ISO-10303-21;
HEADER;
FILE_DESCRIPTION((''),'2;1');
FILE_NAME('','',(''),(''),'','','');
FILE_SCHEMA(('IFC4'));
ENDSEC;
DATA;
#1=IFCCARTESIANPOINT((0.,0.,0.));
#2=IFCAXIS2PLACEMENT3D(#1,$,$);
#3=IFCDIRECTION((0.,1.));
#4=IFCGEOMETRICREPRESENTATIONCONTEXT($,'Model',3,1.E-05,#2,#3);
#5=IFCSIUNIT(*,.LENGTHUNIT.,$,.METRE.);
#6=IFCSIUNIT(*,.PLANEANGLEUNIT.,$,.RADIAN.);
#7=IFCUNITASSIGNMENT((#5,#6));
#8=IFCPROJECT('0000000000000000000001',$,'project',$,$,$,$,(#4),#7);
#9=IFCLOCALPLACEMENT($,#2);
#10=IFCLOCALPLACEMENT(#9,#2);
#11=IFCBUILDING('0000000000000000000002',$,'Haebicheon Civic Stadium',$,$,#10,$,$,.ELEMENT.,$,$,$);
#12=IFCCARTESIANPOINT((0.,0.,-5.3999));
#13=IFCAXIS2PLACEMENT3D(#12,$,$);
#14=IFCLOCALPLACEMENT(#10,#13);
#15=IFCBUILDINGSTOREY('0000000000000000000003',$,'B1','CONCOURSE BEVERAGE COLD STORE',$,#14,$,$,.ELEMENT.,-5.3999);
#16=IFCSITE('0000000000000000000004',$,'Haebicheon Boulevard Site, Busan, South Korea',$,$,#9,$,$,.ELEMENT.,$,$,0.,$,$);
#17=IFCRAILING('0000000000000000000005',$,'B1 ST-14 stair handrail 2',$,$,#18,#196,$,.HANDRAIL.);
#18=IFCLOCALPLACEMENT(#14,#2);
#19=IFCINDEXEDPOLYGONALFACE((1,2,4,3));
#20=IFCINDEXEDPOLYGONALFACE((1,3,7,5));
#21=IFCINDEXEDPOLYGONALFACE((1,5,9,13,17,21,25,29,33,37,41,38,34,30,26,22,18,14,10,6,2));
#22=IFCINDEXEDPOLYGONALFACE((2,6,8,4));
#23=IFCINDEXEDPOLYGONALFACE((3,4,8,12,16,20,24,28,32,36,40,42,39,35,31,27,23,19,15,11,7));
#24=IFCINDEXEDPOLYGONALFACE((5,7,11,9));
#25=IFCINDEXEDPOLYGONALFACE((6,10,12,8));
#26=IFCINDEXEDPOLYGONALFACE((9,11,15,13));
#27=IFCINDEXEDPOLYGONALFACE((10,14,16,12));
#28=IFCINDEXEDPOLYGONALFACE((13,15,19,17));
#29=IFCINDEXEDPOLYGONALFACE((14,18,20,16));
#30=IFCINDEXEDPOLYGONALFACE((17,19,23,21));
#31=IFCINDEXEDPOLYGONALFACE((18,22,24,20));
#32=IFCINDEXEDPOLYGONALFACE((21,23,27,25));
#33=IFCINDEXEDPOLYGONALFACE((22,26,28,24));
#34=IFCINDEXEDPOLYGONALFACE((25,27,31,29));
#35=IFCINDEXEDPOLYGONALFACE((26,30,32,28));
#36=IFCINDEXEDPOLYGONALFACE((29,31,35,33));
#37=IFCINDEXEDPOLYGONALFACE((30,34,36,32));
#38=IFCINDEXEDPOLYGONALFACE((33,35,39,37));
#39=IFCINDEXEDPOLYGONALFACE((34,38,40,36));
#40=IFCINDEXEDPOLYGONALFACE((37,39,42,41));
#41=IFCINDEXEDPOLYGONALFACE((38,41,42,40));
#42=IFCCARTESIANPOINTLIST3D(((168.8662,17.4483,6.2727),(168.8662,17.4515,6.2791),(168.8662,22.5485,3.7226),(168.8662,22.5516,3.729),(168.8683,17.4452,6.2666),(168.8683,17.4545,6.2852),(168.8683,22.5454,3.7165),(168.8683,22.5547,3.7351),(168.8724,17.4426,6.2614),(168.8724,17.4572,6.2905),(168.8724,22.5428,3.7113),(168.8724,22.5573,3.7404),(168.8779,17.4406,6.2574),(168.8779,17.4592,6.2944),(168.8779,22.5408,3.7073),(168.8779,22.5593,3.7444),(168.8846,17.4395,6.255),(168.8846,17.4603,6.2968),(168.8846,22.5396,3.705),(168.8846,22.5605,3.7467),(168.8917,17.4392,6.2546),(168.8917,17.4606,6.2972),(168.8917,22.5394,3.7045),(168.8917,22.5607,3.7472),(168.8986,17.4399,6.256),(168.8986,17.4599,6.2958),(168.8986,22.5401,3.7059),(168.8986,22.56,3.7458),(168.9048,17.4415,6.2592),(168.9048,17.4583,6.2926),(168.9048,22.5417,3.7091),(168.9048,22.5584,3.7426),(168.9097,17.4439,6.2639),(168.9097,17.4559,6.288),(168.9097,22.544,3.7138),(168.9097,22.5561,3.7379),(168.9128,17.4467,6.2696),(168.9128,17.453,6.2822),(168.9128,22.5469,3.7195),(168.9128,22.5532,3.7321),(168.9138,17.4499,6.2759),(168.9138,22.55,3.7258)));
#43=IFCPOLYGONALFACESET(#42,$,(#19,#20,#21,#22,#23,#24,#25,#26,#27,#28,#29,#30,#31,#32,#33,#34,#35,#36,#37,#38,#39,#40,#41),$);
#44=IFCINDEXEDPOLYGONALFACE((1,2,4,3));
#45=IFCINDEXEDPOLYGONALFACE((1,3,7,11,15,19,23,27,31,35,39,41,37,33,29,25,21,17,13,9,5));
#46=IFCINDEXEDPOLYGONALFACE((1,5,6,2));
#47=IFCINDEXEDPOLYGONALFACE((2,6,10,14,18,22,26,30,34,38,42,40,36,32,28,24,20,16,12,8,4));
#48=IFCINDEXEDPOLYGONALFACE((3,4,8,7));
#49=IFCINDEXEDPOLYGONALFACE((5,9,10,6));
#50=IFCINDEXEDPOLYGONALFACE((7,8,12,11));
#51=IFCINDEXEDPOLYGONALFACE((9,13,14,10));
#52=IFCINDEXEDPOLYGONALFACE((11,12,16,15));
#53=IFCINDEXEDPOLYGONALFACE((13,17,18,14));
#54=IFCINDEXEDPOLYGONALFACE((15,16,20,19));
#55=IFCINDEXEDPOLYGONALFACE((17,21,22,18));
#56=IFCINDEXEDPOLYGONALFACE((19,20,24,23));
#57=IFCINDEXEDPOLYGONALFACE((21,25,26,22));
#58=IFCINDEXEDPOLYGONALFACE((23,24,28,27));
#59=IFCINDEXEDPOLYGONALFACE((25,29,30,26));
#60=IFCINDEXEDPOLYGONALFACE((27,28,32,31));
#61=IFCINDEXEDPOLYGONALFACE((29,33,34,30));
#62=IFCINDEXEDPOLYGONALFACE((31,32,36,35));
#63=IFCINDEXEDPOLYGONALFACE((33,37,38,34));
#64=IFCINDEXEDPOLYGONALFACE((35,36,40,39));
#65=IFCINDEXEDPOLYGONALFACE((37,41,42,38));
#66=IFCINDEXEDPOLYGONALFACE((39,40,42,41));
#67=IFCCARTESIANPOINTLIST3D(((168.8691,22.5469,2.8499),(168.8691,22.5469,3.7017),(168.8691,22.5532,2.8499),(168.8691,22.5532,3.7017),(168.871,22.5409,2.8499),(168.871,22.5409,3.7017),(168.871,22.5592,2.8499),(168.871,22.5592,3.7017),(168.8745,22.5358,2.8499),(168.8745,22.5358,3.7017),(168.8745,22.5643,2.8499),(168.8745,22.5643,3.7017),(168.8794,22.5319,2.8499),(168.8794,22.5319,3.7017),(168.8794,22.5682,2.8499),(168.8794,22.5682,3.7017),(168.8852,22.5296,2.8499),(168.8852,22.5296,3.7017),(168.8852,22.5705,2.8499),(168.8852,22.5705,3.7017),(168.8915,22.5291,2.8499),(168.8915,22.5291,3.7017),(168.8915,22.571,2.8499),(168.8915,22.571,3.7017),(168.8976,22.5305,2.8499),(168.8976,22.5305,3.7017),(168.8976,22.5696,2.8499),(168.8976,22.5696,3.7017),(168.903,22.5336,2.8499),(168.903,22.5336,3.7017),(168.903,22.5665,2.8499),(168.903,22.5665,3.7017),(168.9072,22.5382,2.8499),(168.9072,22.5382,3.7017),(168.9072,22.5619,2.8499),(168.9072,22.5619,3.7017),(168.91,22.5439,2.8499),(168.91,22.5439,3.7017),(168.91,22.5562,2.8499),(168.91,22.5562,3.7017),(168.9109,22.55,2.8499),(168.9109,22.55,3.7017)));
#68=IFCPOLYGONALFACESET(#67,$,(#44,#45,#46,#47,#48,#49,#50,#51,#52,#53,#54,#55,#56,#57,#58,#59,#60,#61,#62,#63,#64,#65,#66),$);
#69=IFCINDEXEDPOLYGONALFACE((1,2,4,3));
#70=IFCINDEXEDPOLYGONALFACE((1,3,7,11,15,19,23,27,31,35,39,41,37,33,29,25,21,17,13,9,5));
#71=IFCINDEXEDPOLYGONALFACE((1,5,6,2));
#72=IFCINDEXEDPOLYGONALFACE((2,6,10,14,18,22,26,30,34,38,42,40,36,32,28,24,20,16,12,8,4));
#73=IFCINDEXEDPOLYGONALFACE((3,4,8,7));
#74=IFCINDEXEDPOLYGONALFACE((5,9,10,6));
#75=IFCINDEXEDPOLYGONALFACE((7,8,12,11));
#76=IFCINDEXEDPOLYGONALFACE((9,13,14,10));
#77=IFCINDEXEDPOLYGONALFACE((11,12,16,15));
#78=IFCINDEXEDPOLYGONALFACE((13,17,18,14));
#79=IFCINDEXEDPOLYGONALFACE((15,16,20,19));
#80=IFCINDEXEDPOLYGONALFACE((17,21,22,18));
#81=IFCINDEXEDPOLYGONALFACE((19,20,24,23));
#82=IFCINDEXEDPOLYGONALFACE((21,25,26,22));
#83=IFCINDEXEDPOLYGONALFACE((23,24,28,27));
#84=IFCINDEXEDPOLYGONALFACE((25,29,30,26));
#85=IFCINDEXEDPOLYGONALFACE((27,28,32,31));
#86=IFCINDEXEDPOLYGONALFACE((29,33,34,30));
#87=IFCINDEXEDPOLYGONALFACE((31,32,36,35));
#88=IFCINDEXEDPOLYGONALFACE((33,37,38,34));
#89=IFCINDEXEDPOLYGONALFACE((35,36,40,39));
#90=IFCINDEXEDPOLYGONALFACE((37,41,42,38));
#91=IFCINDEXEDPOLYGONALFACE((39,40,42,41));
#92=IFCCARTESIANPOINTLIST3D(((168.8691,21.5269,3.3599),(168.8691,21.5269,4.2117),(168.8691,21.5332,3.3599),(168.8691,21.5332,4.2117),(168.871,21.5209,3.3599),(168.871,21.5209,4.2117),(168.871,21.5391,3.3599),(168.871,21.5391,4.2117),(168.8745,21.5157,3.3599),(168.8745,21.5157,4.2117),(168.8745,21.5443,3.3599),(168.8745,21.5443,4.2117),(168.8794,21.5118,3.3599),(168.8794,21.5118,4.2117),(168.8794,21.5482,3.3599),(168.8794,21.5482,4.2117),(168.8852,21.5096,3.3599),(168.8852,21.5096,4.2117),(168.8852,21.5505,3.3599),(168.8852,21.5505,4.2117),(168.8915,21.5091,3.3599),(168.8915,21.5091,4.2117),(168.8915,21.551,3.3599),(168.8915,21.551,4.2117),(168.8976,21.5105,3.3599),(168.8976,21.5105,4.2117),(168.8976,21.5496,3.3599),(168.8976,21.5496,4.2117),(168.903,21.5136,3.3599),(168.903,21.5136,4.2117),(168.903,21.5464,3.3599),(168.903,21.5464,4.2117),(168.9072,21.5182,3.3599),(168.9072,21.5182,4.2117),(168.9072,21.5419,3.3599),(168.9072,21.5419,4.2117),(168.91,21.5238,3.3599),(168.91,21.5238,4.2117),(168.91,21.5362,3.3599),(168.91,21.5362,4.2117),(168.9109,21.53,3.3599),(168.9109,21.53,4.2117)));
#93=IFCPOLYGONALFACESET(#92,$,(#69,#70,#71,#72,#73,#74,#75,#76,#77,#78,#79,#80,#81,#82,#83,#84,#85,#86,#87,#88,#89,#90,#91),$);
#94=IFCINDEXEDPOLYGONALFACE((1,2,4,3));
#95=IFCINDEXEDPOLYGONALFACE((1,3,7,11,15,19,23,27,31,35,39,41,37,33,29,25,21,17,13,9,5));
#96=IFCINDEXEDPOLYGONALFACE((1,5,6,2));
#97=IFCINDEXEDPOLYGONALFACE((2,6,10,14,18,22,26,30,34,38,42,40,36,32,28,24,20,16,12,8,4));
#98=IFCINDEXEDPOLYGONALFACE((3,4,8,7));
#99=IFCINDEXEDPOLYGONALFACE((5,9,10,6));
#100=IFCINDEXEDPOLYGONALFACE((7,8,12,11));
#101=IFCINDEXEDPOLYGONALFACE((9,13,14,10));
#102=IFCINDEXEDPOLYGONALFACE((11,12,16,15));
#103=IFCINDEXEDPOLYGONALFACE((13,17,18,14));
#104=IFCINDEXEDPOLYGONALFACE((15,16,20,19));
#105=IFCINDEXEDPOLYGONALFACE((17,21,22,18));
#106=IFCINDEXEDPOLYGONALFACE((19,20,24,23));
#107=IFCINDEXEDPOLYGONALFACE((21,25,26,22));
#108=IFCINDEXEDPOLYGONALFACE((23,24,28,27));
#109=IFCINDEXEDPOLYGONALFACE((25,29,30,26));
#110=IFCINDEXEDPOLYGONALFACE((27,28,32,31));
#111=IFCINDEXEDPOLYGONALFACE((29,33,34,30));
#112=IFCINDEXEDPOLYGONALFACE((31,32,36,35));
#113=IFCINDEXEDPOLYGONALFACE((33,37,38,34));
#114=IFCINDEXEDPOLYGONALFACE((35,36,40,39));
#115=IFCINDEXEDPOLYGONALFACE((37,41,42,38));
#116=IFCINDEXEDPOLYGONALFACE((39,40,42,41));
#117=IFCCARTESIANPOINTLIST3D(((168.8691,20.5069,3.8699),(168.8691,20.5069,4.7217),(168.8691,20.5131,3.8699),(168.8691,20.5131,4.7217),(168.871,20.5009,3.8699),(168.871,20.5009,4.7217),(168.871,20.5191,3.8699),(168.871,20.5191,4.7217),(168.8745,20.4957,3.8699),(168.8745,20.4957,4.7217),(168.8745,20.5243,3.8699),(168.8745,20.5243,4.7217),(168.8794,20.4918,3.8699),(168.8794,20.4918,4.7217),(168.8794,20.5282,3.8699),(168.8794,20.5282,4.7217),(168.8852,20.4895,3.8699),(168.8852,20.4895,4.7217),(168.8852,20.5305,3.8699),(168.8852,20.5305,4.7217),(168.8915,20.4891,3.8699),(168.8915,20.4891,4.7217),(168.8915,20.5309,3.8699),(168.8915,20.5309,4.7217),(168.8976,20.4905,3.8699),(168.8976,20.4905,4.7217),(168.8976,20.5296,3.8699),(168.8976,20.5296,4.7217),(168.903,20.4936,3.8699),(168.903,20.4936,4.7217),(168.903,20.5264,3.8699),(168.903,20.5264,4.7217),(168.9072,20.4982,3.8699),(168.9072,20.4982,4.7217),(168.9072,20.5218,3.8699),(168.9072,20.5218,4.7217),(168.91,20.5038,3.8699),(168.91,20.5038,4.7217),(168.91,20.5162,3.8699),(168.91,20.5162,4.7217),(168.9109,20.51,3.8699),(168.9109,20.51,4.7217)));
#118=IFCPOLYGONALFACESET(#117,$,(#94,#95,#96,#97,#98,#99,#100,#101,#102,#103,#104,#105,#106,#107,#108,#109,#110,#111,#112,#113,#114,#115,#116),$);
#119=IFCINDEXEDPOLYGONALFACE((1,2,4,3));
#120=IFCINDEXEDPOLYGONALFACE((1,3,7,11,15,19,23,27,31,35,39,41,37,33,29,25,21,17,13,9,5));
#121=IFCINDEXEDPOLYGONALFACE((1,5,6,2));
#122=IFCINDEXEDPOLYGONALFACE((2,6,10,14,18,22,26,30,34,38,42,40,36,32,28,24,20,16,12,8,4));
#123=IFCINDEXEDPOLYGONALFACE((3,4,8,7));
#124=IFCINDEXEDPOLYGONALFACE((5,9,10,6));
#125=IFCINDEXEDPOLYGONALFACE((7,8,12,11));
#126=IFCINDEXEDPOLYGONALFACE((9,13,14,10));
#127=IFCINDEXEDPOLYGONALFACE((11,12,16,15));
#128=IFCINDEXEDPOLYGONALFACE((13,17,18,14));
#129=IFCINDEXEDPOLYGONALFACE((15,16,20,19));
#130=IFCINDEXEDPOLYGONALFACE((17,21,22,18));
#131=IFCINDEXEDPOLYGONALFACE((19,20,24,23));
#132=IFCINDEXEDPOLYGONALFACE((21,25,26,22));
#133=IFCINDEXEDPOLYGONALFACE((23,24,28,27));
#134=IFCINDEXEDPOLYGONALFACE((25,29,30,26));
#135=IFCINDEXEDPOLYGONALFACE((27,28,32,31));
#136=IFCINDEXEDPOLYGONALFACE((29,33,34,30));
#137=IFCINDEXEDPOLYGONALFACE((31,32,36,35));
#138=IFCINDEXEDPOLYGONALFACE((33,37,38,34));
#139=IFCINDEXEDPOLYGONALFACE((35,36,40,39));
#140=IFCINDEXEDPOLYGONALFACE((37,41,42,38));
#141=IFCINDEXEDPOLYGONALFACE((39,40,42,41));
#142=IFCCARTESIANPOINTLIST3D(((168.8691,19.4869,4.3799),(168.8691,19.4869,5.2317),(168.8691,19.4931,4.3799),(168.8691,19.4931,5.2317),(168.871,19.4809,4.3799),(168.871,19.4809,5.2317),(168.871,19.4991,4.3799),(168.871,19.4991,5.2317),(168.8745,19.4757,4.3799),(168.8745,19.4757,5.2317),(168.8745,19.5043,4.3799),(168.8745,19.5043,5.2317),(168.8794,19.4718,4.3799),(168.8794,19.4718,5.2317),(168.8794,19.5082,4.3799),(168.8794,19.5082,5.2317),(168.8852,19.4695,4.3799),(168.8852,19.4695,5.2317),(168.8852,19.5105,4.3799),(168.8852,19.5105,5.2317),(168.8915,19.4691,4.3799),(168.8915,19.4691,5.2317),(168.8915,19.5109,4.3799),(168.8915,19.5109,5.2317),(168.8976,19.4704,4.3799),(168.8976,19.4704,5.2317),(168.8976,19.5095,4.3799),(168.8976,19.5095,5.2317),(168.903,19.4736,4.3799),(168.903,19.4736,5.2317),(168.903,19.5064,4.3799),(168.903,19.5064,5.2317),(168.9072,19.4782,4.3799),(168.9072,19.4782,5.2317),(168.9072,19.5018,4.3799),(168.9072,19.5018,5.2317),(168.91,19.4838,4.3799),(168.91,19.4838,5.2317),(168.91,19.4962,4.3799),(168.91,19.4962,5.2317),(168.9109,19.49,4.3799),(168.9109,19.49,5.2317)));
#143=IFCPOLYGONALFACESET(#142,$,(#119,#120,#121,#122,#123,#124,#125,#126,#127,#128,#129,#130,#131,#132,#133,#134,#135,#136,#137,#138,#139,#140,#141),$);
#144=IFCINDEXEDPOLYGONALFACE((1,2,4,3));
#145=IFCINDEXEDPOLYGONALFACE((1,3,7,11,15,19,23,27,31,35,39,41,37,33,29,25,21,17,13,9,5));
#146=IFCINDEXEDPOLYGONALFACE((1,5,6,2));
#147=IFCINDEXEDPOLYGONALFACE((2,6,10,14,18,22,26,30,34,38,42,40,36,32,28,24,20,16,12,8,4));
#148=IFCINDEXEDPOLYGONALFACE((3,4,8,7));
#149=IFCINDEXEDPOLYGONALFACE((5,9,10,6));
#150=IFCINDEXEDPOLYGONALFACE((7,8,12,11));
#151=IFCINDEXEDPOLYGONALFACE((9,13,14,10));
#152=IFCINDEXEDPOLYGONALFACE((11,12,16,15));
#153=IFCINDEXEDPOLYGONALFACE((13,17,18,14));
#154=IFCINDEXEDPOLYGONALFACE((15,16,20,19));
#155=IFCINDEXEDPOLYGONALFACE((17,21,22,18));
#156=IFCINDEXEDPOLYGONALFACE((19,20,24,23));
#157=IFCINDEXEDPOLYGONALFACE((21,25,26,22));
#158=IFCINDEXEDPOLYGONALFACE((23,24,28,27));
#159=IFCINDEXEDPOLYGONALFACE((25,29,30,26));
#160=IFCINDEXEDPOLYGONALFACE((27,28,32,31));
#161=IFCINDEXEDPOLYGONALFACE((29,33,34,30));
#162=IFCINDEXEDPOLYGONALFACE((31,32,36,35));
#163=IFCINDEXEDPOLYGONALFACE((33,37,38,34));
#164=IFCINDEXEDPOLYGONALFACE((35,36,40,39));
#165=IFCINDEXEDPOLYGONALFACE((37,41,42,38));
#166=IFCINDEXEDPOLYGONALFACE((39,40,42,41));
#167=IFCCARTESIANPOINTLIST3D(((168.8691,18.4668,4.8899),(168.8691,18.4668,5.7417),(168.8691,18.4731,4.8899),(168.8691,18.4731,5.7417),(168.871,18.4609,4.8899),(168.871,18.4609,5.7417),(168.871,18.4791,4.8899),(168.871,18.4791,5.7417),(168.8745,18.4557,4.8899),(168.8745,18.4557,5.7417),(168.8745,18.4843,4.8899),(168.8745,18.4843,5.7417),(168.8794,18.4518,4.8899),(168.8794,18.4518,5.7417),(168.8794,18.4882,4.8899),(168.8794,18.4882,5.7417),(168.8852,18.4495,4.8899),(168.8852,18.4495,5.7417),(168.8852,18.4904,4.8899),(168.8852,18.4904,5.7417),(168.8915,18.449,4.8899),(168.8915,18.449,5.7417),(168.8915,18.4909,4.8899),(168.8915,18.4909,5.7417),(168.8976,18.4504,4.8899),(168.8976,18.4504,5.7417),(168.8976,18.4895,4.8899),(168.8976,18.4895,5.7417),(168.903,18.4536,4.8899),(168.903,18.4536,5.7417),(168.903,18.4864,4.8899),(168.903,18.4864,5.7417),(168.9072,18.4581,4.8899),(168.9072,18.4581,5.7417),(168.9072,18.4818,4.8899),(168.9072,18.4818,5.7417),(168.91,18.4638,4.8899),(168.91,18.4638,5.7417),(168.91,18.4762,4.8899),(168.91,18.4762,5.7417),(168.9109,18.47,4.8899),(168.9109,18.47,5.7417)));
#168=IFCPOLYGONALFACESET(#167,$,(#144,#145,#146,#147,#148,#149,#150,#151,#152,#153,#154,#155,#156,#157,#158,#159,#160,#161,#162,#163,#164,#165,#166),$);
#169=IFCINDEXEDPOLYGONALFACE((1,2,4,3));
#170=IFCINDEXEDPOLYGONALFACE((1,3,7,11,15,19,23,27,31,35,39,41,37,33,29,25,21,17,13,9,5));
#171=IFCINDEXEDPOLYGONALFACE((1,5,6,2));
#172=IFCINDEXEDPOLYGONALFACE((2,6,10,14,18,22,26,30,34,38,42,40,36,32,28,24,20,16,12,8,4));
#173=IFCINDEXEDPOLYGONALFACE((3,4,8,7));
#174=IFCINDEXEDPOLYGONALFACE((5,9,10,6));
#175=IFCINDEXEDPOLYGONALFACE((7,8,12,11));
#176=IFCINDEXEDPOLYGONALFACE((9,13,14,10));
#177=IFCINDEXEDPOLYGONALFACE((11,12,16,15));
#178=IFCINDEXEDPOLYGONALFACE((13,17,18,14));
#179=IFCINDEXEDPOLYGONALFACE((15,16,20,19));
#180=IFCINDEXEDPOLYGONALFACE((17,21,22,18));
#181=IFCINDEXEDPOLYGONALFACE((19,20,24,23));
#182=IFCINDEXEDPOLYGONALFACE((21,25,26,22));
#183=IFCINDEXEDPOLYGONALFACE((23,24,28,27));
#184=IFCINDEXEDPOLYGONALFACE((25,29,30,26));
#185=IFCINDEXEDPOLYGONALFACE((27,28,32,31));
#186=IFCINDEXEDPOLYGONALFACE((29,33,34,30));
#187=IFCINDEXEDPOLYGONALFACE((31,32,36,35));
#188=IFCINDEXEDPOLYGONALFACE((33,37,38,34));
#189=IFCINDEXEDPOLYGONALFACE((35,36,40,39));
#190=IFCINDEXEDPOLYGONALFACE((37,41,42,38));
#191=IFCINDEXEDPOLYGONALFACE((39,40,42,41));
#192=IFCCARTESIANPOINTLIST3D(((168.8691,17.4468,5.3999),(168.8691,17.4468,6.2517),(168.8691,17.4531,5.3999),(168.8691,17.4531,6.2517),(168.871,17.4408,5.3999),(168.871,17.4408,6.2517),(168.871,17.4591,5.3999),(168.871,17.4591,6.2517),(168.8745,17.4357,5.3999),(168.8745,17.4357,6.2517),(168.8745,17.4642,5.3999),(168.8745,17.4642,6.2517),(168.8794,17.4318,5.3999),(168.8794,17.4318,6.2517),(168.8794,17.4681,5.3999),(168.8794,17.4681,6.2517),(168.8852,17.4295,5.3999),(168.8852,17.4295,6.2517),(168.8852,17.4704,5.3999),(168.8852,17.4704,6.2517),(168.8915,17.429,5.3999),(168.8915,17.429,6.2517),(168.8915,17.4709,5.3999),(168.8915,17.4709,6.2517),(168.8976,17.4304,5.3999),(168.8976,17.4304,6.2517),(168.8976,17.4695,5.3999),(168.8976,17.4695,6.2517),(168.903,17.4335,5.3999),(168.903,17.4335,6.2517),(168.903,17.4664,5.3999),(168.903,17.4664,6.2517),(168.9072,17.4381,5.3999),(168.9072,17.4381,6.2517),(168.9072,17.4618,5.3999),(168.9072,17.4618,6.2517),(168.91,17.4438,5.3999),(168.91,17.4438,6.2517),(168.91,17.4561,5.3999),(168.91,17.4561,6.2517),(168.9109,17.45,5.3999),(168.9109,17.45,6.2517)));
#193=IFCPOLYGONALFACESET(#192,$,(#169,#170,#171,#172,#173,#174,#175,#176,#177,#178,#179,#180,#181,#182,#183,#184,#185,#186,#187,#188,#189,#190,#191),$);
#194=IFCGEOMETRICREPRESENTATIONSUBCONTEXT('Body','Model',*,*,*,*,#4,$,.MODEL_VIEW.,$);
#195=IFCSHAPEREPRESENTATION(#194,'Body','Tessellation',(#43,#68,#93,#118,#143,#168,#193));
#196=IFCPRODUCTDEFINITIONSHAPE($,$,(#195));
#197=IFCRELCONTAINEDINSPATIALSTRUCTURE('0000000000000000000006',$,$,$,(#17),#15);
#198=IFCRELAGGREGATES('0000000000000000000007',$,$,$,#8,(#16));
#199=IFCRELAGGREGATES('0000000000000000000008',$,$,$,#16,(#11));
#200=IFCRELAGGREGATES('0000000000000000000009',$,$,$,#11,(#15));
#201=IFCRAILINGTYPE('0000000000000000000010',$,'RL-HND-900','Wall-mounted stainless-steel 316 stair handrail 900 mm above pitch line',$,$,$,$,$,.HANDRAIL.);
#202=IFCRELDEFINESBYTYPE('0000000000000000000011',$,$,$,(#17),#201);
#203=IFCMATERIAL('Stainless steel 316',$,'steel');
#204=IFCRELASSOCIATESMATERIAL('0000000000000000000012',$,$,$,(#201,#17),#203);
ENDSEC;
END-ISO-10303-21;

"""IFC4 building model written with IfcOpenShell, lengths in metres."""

from ifc_helpers import new_model, si_unit, direction, frame, origin, origin_2d, place, context, subcontext, project, spatial, circle, extrude, material, type_object, element, save


model = new_model("IFC4")

# Units and contexts
model_context = context("Model", 3, precision=1e-05, world=origin(), true_north=direction((0.0, 1.0)))
body_context = subcontext(model_context, "Body", "Model", "MODEL_VIEW")
ifc_project = project(units=[si_unit("LENGTHUNIT", "METRE"), si_unit("PLANEANGLEUNIT", "RADIAN")], contexts=[model_context])

# Site, building, storey
site_placement = place(None, origin())
site = spatial("IfcSite", under=ifc_project, at=site_placement, Name="Haebicheon Boulevard Site, Busan, South Korea", CompositionType="ELEMENT", RefElevation=0.0)
building_placement = place(site_placement, origin())
building = spatial("IfcBuilding", under=site, at=building_placement, Name="Haebicheon Civic Stadium", CompositionType="ELEMENT")
storey_placement = place(building_placement, frame((0.0, 0.0, -5.3999)))
storey = spatial("IfcBuildingStorey", under=building, at=storey_placement, Name="B1", Description="CONCOURSE BEVERAGE COLD STORE", CompositionType="ELEMENT", Elevation=-5.3999)

# Railing
ifc_material_1 = material(Name="Stainless steel 316", Category="steel")
railing_type_1 = type_object("IfcRailingType", Name="RL-HND-900", Description="Wall-mounted stainless-steel 316 stair handrail 900 mm above pitch line", PredefinedType="HANDRAIL", material=ifc_material_1)
railing_1_placement = place(storey_placement, frame((168.8899, 22.55, 2.8499)))
element("IfcRailing", 1, at=railing_1_placement, inside=storey, type_object=railing_type_1, material=ifc_material_1, Name="B1 ST-14 stair handrail 2", PredefinedType="HANDRAIL", context=body_context, shape_type="SweptSolid", body=[
    extrude(circle(Radius=0.0239, at=origin_2d()), frame((0.0, 0.0, 0.876), z_axis=(0.0, -0.894427, 0.447214), x_axis=(1.0, 0.0, 0.0)), (0.0, 0.0, 1.0), 5.7021),
    extrude(circle(Radius=0.021, at=origin_2d()), origin(), (0.0, 0.0, 1.0), 0.8518),
    extrude(circle(Radius=0.021, at=origin_2d()), frame((0.0, -1.02, 0.51)), (0.0, 0.0, 1.0), 0.8518),
    extrude(circle(Radius=0.021, at=origin_2d()), frame((0.0, -2.04, 1.02)), (0.0, 0.0, 1.0), 0.8518),
    extrude(circle(Radius=0.021, at=origin_2d()), frame((0.0, -3.0601, 1.53)), (0.0, 0.0, 1.0), 0.8518),
    extrude(circle(Radius=0.021, at=origin_2d()), frame((0.0, -4.0801, 2.04)), (0.0, 0.0, 1.0), 0.8518),
    extrude(circle(Radius=0.021, at=origin_2d()), frame((0.0, -5.1001, 2.55)), (0.0, 0.0, 1.0), 0.8518),
])

save(model, "model.ifc")
